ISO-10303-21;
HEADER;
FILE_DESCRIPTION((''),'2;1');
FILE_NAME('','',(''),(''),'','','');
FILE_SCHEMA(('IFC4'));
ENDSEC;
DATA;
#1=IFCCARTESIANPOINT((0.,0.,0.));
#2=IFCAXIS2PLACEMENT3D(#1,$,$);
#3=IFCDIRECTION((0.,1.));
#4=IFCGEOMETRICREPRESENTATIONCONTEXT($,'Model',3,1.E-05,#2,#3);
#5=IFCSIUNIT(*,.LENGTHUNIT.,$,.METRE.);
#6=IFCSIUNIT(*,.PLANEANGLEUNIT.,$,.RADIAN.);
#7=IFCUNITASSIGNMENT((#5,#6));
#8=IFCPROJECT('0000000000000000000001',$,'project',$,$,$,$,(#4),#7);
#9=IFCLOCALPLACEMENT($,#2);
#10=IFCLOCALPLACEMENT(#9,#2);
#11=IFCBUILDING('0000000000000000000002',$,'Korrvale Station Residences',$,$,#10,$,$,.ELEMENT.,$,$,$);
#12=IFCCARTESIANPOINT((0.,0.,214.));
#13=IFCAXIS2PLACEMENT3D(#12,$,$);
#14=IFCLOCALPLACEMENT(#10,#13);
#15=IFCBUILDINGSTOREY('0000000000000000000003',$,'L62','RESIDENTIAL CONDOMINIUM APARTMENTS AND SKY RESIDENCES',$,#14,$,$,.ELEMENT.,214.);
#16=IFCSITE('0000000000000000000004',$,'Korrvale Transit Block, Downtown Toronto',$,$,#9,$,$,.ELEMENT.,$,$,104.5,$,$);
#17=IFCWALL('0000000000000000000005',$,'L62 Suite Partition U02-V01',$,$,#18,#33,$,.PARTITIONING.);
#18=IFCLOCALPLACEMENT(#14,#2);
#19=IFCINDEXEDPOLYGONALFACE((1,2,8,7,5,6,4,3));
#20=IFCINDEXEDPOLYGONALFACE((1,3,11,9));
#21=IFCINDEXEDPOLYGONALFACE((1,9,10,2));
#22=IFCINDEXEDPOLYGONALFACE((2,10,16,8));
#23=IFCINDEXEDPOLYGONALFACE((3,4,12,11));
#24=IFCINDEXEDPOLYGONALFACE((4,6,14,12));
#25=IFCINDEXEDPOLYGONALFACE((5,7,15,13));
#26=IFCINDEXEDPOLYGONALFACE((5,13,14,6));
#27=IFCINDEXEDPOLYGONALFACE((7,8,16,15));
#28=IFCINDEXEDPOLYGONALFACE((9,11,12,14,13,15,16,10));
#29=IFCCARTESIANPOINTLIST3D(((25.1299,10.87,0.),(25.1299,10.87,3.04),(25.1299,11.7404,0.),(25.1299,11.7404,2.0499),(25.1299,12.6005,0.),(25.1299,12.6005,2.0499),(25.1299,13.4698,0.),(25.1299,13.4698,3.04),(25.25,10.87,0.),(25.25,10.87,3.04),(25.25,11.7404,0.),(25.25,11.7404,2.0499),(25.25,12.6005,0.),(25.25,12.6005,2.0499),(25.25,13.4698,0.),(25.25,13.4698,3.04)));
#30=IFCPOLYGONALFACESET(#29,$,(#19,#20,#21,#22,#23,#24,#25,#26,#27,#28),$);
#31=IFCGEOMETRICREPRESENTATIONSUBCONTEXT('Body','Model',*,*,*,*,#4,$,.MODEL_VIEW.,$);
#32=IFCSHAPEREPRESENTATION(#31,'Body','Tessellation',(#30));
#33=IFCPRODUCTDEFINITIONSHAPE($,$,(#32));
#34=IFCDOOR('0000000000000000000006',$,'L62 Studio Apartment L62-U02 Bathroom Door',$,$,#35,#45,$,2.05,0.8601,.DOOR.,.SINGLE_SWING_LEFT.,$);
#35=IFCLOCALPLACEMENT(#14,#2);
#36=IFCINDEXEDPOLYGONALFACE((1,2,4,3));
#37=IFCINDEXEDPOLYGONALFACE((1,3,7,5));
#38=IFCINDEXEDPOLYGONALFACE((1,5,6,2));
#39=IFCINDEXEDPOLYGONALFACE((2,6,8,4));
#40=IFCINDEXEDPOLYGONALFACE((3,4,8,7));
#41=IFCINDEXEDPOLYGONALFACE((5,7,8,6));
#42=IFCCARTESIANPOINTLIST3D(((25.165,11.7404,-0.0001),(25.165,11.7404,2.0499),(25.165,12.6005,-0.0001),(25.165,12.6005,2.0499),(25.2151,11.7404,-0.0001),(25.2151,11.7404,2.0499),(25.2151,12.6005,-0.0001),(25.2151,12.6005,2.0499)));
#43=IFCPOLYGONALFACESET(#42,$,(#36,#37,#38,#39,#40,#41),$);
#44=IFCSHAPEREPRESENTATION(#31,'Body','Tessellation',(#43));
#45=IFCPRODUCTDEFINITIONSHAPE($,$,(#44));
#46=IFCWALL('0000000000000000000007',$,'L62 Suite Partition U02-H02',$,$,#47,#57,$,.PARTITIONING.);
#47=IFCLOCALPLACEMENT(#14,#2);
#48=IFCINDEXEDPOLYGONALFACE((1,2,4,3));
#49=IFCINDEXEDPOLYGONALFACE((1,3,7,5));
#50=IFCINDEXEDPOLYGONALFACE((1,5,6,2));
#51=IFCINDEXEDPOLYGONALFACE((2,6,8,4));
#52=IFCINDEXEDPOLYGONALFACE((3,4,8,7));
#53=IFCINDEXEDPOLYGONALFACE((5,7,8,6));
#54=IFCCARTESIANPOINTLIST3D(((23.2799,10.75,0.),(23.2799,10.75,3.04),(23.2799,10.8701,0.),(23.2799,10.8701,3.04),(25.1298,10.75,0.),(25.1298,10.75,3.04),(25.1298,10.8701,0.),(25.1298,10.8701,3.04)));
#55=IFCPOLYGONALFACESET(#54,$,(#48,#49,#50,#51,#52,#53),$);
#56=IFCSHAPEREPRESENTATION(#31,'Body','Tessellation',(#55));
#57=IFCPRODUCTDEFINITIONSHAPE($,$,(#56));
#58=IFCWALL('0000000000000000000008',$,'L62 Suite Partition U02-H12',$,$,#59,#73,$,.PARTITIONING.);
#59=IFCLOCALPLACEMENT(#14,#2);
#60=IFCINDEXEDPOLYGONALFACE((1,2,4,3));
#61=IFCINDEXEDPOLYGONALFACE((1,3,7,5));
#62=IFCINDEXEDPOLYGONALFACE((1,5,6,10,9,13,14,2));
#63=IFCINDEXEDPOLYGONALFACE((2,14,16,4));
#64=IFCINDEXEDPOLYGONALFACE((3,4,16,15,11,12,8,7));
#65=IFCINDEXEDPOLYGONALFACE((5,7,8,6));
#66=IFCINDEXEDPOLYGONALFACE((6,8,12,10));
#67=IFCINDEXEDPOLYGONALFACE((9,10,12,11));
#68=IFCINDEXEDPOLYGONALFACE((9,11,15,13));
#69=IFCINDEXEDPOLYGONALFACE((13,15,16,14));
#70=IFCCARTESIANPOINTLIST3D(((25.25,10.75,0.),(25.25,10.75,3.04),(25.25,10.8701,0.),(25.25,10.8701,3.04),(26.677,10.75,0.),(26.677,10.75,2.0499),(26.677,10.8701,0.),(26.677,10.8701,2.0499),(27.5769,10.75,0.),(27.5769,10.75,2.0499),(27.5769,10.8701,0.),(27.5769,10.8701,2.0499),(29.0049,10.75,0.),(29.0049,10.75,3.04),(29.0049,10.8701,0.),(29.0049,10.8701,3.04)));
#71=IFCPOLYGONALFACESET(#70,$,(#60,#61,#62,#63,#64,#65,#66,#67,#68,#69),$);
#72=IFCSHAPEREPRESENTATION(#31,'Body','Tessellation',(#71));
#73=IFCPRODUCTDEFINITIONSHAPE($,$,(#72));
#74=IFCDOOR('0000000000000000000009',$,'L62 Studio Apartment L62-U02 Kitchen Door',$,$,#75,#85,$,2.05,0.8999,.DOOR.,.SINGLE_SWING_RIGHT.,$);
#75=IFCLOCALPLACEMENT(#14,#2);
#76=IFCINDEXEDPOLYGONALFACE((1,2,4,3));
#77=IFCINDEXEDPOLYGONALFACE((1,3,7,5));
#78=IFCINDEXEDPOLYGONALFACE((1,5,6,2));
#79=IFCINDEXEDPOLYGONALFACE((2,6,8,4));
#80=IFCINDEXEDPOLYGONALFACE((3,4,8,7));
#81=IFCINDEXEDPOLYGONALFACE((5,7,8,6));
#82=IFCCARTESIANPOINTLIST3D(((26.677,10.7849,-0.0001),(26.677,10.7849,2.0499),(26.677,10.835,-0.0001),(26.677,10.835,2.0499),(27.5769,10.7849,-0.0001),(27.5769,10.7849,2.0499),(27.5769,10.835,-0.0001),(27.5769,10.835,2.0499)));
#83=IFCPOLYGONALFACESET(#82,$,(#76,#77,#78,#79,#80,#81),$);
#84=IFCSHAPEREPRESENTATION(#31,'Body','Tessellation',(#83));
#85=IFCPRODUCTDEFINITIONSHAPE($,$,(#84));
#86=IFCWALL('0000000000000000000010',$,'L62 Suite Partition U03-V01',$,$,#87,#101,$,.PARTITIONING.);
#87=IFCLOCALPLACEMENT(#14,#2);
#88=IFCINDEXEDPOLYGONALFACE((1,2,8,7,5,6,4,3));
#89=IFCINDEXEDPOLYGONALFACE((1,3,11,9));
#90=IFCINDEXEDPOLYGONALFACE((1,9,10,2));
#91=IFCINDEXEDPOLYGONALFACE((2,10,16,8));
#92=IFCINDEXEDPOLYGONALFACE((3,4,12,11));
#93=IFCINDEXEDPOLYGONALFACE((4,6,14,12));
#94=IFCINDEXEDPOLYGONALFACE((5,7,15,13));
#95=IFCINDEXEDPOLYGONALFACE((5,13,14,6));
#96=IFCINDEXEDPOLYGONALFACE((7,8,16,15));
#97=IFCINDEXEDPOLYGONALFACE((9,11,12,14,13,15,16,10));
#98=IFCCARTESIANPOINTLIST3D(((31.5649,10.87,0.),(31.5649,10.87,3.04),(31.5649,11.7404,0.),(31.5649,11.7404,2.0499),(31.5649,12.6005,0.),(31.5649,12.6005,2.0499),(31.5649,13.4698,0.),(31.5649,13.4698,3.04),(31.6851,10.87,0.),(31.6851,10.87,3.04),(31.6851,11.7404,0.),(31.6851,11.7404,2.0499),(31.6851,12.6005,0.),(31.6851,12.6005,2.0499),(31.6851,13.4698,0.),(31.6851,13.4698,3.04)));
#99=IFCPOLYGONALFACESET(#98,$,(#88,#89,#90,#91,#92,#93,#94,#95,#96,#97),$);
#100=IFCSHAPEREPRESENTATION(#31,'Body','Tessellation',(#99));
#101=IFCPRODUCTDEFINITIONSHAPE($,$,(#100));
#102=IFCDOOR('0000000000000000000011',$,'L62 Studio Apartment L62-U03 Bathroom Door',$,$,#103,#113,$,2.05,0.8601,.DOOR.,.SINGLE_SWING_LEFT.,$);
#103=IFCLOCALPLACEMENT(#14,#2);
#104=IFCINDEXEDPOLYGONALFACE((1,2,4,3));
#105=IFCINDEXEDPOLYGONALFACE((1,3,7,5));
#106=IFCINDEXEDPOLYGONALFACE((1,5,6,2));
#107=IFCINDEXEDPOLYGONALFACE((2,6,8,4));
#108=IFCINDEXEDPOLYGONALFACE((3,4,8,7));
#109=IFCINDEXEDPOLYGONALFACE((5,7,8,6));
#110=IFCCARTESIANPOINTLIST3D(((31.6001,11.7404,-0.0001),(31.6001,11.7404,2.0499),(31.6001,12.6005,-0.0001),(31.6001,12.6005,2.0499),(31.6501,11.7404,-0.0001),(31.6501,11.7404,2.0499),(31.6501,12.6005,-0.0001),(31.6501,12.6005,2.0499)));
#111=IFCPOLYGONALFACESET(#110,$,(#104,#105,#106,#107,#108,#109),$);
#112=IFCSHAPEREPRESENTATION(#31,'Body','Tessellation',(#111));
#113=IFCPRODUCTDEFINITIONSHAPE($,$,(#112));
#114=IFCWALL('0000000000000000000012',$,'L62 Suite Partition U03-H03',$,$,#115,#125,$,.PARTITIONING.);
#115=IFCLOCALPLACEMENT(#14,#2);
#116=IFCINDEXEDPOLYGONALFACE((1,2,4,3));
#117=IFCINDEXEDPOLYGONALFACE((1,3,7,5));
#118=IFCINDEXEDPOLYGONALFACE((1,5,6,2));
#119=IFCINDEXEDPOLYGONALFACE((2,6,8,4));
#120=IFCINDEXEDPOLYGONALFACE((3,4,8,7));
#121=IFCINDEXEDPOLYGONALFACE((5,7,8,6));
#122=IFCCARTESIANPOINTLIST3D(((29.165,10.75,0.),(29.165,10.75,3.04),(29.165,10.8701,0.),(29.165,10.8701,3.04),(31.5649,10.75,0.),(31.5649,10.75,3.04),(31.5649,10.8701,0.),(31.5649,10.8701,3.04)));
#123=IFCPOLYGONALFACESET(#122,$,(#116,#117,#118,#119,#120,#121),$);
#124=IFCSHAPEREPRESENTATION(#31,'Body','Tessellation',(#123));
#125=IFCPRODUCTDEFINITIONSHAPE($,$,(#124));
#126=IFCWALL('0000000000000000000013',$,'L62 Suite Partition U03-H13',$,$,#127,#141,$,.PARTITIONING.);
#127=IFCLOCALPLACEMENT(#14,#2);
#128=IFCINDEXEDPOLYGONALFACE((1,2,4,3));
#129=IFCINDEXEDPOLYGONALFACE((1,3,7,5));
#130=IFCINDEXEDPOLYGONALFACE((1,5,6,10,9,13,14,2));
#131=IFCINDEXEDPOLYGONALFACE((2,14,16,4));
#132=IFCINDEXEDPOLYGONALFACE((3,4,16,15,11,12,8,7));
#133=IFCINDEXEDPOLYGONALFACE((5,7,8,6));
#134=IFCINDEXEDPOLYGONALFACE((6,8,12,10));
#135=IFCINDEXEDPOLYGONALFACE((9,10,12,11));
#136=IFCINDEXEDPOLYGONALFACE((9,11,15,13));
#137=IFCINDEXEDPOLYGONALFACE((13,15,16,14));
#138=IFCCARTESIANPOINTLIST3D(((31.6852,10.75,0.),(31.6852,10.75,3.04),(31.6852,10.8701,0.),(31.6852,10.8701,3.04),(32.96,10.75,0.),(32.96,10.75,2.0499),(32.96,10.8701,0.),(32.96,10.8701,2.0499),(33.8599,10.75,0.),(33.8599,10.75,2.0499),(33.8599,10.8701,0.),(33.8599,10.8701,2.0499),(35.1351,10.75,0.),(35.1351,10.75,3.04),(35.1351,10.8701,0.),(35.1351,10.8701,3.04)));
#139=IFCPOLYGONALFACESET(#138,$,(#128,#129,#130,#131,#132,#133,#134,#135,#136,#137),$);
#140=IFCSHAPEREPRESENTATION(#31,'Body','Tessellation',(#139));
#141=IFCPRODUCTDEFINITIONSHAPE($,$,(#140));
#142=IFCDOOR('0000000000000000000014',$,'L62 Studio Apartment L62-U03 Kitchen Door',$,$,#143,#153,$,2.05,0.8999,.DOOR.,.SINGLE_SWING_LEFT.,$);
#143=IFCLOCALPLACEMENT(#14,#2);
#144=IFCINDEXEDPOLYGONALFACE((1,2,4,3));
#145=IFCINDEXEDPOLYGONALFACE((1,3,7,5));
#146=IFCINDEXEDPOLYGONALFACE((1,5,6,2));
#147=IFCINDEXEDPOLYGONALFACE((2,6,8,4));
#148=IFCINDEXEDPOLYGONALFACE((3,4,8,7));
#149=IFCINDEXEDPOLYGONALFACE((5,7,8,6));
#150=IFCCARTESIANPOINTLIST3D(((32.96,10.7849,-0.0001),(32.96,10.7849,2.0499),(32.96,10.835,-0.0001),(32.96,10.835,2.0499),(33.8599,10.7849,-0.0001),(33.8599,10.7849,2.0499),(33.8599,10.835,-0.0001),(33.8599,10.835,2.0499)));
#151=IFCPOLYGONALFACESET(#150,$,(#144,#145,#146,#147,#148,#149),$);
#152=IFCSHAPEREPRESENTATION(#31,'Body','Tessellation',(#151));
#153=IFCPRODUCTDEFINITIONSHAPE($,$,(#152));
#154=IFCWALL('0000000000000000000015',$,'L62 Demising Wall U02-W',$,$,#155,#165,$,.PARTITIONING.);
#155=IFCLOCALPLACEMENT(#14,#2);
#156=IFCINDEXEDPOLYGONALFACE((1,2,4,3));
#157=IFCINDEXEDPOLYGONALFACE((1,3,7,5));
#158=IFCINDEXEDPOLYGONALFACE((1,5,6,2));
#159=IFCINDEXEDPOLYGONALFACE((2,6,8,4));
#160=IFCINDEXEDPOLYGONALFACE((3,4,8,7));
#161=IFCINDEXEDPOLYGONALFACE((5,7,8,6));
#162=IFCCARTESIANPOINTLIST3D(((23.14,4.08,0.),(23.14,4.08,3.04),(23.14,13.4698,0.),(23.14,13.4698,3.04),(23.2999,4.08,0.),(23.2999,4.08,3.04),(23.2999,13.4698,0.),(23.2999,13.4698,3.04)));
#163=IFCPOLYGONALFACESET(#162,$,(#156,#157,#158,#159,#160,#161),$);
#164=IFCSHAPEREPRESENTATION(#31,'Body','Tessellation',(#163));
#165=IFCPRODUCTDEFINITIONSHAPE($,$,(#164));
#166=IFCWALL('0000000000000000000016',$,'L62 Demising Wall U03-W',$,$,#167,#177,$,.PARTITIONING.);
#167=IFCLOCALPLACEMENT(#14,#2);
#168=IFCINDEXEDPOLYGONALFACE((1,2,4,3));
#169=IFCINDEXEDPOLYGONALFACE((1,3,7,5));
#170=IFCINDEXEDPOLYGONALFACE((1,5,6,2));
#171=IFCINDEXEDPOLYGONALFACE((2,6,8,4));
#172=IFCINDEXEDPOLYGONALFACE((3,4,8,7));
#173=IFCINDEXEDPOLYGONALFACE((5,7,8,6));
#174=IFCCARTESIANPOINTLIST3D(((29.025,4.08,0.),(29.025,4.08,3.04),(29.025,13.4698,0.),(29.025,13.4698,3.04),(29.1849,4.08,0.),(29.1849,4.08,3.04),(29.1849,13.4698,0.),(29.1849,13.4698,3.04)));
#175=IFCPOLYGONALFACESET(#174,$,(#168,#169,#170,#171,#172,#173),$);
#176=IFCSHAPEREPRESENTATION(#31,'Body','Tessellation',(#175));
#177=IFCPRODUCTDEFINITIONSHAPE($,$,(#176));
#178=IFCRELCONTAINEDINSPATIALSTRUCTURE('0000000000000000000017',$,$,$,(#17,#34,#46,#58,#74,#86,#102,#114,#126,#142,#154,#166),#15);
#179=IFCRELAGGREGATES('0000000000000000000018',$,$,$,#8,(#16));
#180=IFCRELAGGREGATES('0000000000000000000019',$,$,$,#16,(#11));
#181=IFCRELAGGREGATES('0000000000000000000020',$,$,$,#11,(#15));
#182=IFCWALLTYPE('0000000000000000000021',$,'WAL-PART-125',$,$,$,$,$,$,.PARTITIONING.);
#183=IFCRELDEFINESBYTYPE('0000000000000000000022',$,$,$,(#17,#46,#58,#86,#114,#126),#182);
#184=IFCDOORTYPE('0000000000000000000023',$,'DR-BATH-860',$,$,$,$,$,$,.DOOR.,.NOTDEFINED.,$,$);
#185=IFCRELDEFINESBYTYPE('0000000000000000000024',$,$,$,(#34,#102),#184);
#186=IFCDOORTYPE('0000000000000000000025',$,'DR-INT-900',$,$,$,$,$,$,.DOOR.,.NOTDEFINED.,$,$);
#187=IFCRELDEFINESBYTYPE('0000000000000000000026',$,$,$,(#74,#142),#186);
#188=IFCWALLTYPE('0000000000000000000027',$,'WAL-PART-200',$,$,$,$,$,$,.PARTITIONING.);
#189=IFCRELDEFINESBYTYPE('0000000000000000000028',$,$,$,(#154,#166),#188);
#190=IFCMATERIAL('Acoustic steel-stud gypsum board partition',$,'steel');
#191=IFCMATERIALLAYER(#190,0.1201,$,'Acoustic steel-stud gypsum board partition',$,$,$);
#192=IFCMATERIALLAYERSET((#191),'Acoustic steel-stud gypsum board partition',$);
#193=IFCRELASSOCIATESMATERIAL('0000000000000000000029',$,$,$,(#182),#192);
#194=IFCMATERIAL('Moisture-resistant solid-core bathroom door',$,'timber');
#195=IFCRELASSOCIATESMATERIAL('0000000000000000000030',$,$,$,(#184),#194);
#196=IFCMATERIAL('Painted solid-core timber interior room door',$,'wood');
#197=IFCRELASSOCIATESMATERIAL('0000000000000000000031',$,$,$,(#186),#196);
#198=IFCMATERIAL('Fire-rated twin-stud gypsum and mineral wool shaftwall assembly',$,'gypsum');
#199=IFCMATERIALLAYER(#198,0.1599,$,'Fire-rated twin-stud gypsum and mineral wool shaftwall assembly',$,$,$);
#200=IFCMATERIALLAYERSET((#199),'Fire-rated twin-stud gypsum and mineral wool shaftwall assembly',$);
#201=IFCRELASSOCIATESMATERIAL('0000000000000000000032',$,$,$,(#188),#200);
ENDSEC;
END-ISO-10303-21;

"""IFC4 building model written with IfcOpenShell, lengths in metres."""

from ifc_helpers import new_model, si_unit, direction, frame, frame_2d, origin, place, context, subcontext, project, spatial, rectangle, extrude, material, layer, layer_set, type_object, element, fill, save


model = new_model("IFC4")

# Units and contexts
model_context = context("Model", 3, precision=1e-05, world=origin(), true_north=direction((0.0, 1.0)))
body_context = subcontext(model_context, "Body", "Model", "MODEL_VIEW")
ifc_project = project(units=[si_unit("LENGTHUNIT", "METRE"), si_unit("PLANEANGLEUNIT", "RADIAN")], contexts=[model_context])

# Site, building, storey
site_placement = place(None, origin())
site = spatial("IfcSite", under=ifc_project, at=site_placement, Name="Korrvale Transit Block, Downtown Toronto", CompositionType="ELEMENT", RefElevation=104.5)
building_placement = place(site_placement, origin())
building = spatial("IfcBuilding", under=site, at=building_placement, Name="Korrvale Station Residences", CompositionType="ELEMENT")
storey_placement = place(building_placement, frame((0.0, 0.0, 214.0)))
storey = spatial("IfcBuildingStorey", under=building, at=storey_placement, Name="L62", Description="RESIDENTIAL CONDOMINIUM APARTMENTS AND SKY RESIDENCES", CompositionType="ELEMENT", Elevation=214.0)

# Wall, opening, door
ifc_material_1 = material(Name="Acoustic steel-stud gypsum board partition", Category="steel")
ifc_layer_1 = layer(ifc_material_1, 0.1201, Name="Acoustic steel-stud gypsum board partition")
ifc_layer_set_1 = layer_set([ifc_layer_1], Name="Acoustic steel-stud gypsum board partition")
wall_type_1 = type_object("IfcWallType", Name="WAL-PART-125", PredefinedType="PARTITIONING", material=ifc_layer_set_1)
wall_1_placement = place(storey_placement, frame((25.1899, 10.8701, 0.0), z_axis=(0.0, 0.0, 1.0), x_axis=(0.0, 1.0, 0.0)))
wall_1 = element("IfcWall", 1, at=wall_1_placement, inside=storey, type_object=wall_type_1, Name="L62 Suite Partition U02-V01", PredefinedType="PARTITIONING", context=body_context, shape_type="SweptSolid", body=[
    extrude(rectangle(XDim=2.5999, YDim=0.1201, at=frame_2d((1.2998, 0.0))), origin(), (0.0, 0.0, 1.0), 3.04),
])
opening_1_placement = place(wall_1_placement, frame((0.8701, 0.0, 0.0)))
opening_1 = element("IfcOpeningElement", 2, at=opening_1_placement, cuts=wall_1, PredefinedType="OPENING", context=body_context, shape_type="SweptSolid", body=[
    extrude(rectangle(XDim=0.8601, YDim=2.05, at=frame_2d((0.4302, 1.0249))), frame((0.0, 0.0701, 0.0), z_axis=(0.0, -1.0, 0.0), x_axis=(1.0, 0.0, 0.0)), (0.0, 0.0, 1.0), 0.1401),
])
ifc_material_2 = material(Name="Moisture-resistant solid-core bathroom door", Category="timber")
door_type_1 = type_object("IfcDoorType", Name="DR-BATH-860", OperationType="NOTDEFINED", PredefinedType="DOOR", material=ifc_material_2)
door_1_placement = place(opening_1_placement, origin())
door_1 = element("IfcDoor", 3, at=door_1_placement, inside=storey, type_object=door_type_1, Name="L62 Studio Apartment L62-U02 Bathroom Door", OperationType="SINGLE_SWING_LEFT", OverallHeight=2.05, OverallWidth=0.8601, PredefinedType="DOOR", context=body_context, shape_type="SweptSolid", body=[
    extrude(rectangle(XDim=0.8601, YDim=2.05, at=frame_2d((0.4302, 1.0249))), frame((0.0, 0.0249, 0.0), z_axis=(0.0, -1.0, 0.0), x_axis=(1.0, 0.0, 0.0)), (0.0, 0.0, 1.0), 0.05),
])
fill(opening_1, door_1)

# Wall
wall_2_placement = place(storey_placement, frame((23.28, 10.8101, 0.0), z_axis=(0.0, 0.0, 1.0), x_axis=(1.0, 0.0, 0.0)))
element("IfcWall", 4, at=wall_2_placement, inside=storey, type_object=wall_type_1, Name="L62 Suite Partition U02-H02", PredefinedType="PARTITIONING", context=body_context, shape_type="SweptSolid", body=[
    extrude(rectangle(XDim=1.8499, YDim=0.1201, at=frame_2d((0.9248, 0.0))), origin(), (0.0, 0.0, 1.0), 3.04),
])

# Walls, openings, doors
wall_3_placement = place(storey_placement, frame((25.25, 10.8101, 0.0), z_axis=(0.0, 0.0, 1.0), x_axis=(1.0, 0.0, 0.0)))
wall_3 = element("IfcWall", 5, at=wall_3_placement, inside=storey, type_object=wall_type_1, Name="L62 Suite Partition U02-H12", PredefinedType="PARTITIONING", context=body_context, shape_type="SweptSolid", body=[
    extrude(rectangle(XDim=3.7549, YDim=0.1201, at=frame_2d((1.8774, 0.0))), origin(), (0.0, 0.0, 1.0), 3.04),
])
opening_2_placement = place(wall_3_placement, frame((1.427, 0.0, 0.0)))
opening_2 = element("IfcOpeningElement", 6, at=opening_2_placement, cuts=wall_3, PredefinedType="OPENING", context=body_context, shape_type="SweptSolid", body=[
    extrude(rectangle(XDim=0.8999, YDim=2.05, at=frame_2d((0.45, 1.0249))), frame((0.0, 0.0701, 0.0), z_axis=(0.0, -1.0, 0.0), x_axis=(1.0, 0.0, 0.0)), (0.0, 0.0, 1.0), 0.1401),
])
ifc_material_3 = material(Name="Painted solid-core timber interior room door", Category="wood")
door_type_2 = type_object("IfcDoorType", Name="DR-INT-900", OperationType="NOTDEFINED", PredefinedType="DOOR", material=ifc_material_3)
door_2_placement = place(opening_2_placement, origin())
door_2 = element("IfcDoor", 7, at=door_2_placement, inside=storey, type_object=door_type_2, Name="L62 Studio Apartment L62-U02 Kitchen Door", OperationType="SINGLE_SWING_RIGHT", OverallHeight=2.05, OverallWidth=0.8999, PredefinedType="DOOR", context=body_context, shape_type="SweptSolid", body=[
    extrude(rectangle(XDim=0.8999, YDim=2.05, at=frame_2d((0.45, 1.0249))), frame((0.0, 0.0249, 0.0), z_axis=(0.0, -1.0, 0.0), x_axis=(1.0, 0.0, 0.0)), (0.0, 0.0, 1.0), 0.05),
])
fill(opening_2, door_2)
wall_4_placement = place(storey_placement, frame((31.625, 10.8701, 0.0), z_axis=(0.0, 0.0, 1.0), x_axis=(0.0, 1.0, 0.0)))
wall_4 = element("IfcWall", 8, at=wall_4_placement, inside=storey, type_object=wall_type_1, Name="L62 Suite Partition U03-V01", PredefinedType="PARTITIONING", context=body_context, shape_type="SweptSolid", body=[
    extrude(rectangle(XDim=2.5999, YDim=0.1201, at=frame_2d((1.2998, 0.0))), origin(), (0.0, 0.0, 1.0), 3.04),
])
opening_3_placement = place(wall_4_placement, frame((0.8701, 0.0, 0.0)))
opening_3 = element("IfcOpeningElement", 9, at=opening_3_placement, cuts=wall_4, PredefinedType="OPENING", context=body_context, shape_type="SweptSolid", body=[
    extrude(rectangle(XDim=0.8601, YDim=2.05, at=frame_2d((0.4302, 1.0249))), frame((0.0, 0.0701, 0.0), z_axis=(0.0, -1.0, 0.0), x_axis=(1.0, 0.0, 0.0)), (0.0, 0.0, 1.0), 0.1401),
])
door_3_placement = place(opening_3_placement, origin())
door_3 = element("IfcDoor", 10, at=door_3_placement, inside=storey, type_object=door_type_1, Name="L62 Studio Apartment L62-U03 Bathroom Door", OperationType="SINGLE_SWING_LEFT", OverallHeight=2.05, OverallWidth=0.8601, PredefinedType="DOOR", context=body_context, shape_type="SweptSolid", body=[
    extrude(rectangle(XDim=0.8601, YDim=2.05, at=frame_2d((0.4302, 1.0249))), frame((0.0, 0.0249, 0.0), z_axis=(0.0, -1.0, 0.0), x_axis=(1.0, 0.0, 0.0)), (0.0, 0.0, 1.0), 0.05),
])
fill(opening_3, door_3)

# Wall
wall_5_placement = place(storey_placement, frame((29.165, 10.8101, 0.0), z_axis=(0.0, 0.0, 1.0), x_axis=(1.0, 0.0, 0.0)))
element("IfcWall", 11, at=wall_5_placement, inside=storey, type_object=wall_type_1, Name="L62 Suite Partition U03-H03", PredefinedType="PARTITIONING", context=body_context, shape_type="SweptSolid", body=[
    extrude(rectangle(XDim=2.3999, YDim=0.1201, at=frame_2d((1.2, 0.0))), origin(), (0.0, 0.0, 1.0), 3.04),
])

# Wall, opening, door
wall_6_placement = place(storey_placement, frame((31.6851, 10.8101, 0.0), z_axis=(0.0, 0.0, 1.0), x_axis=(1.0, 0.0, 0.0)))
wall_6 = element("IfcWall", 12, at=wall_6_placement, inside=storey, type_object=wall_type_1, Name="L62 Suite Partition U03-H13", PredefinedType="PARTITIONING", context=body_context, shape_type="SweptSolid", body=[
    extrude(rectangle(XDim=3.45, YDim=0.1201, at=frame_2d((1.7251, 0.0))), origin(), (0.0, 0.0, 1.0), 3.04),
])
opening_4_placement = place(wall_6_placement, frame((1.2749, 0.0, 0.0)))
opening_4 = element("IfcOpeningElement", 13, at=opening_4_placement, cuts=wall_6, PredefinedType="OPENING", context=body_context, shape_type="SweptSolid", body=[
    extrude(rectangle(XDim=0.8999, YDim=2.05, at=frame_2d((0.45, 1.0249))), frame((0.0, 0.0701, 0.0), z_axis=(0.0, -1.0, 0.0), x_axis=(1.0, 0.0, 0.0)), (0.0, 0.0, 1.0), 0.1401),
])
door_4_placement = place(opening_4_placement, origin())
door_4 = element("IfcDoor", 14, at=door_4_placement, inside=storey, type_object=door_type_2, Name="L62 Studio Apartment L62-U03 Kitchen Door", OperationType="SINGLE_SWING_LEFT", OverallHeight=2.05, OverallWidth=0.8999, PredefinedType="DOOR", context=body_context, shape_type="SweptSolid", body=[
    extrude(rectangle(XDim=0.8999, YDim=2.05, at=frame_2d((0.45, 1.0249))), frame((0.0, 0.0249, 0.0), z_axis=(0.0, -1.0, 0.0), x_axis=(1.0, 0.0, 0.0)), (0.0, 0.0, 1.0), 0.05),
])
fill(opening_4, door_4)

# Walls
ifc_material_4 = material(Name="Fire-rated twin-stud gypsum and mineral wool shaftwall assembly", Category="gypsum")
ifc_layer_2 = layer(ifc_material_4, 0.1599, Name="Fire-rated twin-stud gypsum and mineral wool shaftwall assembly")
ifc_layer_set_2 = layer_set([ifc_layer_2], Name="Fire-rated twin-stud gypsum and mineral wool shaftwall assembly")
wall_type_2 = type_object("IfcWallType", Name="WAL-PART-200", PredefinedType="PARTITIONING", material=ifc_layer_set_2)
for number, where, z_axis, x_axis, name in (
    (15, (23.22, 4.0801, 0.0), (0.0, 0.0, 1.0), (0.0, 1.0, 0.0), "L62 Demising Wall U02-W"),
    (16, (29.105, 4.0801, 0.0), (0.0, 0.0, 1.0), (0.0, 1.0, 0.0), "L62 Demising Wall U03-W"),
):
    element("IfcWall", number, at=place(storey_placement, frame(where, z_axis=z_axis, x_axis=x_axis)), inside=storey, type_object=wall_type_2, Name=name, PredefinedType="PARTITIONING", context=body_context, shape_type="SweptSolid", body=[
        extrude(rectangle(XDim=9.3899, YDim=0.1599, at=frame_2d((4.6948, 0.0))), origin(), (0.0, 0.0, 1.0), 3.04),
    ])

save(model, "model.ifc")
